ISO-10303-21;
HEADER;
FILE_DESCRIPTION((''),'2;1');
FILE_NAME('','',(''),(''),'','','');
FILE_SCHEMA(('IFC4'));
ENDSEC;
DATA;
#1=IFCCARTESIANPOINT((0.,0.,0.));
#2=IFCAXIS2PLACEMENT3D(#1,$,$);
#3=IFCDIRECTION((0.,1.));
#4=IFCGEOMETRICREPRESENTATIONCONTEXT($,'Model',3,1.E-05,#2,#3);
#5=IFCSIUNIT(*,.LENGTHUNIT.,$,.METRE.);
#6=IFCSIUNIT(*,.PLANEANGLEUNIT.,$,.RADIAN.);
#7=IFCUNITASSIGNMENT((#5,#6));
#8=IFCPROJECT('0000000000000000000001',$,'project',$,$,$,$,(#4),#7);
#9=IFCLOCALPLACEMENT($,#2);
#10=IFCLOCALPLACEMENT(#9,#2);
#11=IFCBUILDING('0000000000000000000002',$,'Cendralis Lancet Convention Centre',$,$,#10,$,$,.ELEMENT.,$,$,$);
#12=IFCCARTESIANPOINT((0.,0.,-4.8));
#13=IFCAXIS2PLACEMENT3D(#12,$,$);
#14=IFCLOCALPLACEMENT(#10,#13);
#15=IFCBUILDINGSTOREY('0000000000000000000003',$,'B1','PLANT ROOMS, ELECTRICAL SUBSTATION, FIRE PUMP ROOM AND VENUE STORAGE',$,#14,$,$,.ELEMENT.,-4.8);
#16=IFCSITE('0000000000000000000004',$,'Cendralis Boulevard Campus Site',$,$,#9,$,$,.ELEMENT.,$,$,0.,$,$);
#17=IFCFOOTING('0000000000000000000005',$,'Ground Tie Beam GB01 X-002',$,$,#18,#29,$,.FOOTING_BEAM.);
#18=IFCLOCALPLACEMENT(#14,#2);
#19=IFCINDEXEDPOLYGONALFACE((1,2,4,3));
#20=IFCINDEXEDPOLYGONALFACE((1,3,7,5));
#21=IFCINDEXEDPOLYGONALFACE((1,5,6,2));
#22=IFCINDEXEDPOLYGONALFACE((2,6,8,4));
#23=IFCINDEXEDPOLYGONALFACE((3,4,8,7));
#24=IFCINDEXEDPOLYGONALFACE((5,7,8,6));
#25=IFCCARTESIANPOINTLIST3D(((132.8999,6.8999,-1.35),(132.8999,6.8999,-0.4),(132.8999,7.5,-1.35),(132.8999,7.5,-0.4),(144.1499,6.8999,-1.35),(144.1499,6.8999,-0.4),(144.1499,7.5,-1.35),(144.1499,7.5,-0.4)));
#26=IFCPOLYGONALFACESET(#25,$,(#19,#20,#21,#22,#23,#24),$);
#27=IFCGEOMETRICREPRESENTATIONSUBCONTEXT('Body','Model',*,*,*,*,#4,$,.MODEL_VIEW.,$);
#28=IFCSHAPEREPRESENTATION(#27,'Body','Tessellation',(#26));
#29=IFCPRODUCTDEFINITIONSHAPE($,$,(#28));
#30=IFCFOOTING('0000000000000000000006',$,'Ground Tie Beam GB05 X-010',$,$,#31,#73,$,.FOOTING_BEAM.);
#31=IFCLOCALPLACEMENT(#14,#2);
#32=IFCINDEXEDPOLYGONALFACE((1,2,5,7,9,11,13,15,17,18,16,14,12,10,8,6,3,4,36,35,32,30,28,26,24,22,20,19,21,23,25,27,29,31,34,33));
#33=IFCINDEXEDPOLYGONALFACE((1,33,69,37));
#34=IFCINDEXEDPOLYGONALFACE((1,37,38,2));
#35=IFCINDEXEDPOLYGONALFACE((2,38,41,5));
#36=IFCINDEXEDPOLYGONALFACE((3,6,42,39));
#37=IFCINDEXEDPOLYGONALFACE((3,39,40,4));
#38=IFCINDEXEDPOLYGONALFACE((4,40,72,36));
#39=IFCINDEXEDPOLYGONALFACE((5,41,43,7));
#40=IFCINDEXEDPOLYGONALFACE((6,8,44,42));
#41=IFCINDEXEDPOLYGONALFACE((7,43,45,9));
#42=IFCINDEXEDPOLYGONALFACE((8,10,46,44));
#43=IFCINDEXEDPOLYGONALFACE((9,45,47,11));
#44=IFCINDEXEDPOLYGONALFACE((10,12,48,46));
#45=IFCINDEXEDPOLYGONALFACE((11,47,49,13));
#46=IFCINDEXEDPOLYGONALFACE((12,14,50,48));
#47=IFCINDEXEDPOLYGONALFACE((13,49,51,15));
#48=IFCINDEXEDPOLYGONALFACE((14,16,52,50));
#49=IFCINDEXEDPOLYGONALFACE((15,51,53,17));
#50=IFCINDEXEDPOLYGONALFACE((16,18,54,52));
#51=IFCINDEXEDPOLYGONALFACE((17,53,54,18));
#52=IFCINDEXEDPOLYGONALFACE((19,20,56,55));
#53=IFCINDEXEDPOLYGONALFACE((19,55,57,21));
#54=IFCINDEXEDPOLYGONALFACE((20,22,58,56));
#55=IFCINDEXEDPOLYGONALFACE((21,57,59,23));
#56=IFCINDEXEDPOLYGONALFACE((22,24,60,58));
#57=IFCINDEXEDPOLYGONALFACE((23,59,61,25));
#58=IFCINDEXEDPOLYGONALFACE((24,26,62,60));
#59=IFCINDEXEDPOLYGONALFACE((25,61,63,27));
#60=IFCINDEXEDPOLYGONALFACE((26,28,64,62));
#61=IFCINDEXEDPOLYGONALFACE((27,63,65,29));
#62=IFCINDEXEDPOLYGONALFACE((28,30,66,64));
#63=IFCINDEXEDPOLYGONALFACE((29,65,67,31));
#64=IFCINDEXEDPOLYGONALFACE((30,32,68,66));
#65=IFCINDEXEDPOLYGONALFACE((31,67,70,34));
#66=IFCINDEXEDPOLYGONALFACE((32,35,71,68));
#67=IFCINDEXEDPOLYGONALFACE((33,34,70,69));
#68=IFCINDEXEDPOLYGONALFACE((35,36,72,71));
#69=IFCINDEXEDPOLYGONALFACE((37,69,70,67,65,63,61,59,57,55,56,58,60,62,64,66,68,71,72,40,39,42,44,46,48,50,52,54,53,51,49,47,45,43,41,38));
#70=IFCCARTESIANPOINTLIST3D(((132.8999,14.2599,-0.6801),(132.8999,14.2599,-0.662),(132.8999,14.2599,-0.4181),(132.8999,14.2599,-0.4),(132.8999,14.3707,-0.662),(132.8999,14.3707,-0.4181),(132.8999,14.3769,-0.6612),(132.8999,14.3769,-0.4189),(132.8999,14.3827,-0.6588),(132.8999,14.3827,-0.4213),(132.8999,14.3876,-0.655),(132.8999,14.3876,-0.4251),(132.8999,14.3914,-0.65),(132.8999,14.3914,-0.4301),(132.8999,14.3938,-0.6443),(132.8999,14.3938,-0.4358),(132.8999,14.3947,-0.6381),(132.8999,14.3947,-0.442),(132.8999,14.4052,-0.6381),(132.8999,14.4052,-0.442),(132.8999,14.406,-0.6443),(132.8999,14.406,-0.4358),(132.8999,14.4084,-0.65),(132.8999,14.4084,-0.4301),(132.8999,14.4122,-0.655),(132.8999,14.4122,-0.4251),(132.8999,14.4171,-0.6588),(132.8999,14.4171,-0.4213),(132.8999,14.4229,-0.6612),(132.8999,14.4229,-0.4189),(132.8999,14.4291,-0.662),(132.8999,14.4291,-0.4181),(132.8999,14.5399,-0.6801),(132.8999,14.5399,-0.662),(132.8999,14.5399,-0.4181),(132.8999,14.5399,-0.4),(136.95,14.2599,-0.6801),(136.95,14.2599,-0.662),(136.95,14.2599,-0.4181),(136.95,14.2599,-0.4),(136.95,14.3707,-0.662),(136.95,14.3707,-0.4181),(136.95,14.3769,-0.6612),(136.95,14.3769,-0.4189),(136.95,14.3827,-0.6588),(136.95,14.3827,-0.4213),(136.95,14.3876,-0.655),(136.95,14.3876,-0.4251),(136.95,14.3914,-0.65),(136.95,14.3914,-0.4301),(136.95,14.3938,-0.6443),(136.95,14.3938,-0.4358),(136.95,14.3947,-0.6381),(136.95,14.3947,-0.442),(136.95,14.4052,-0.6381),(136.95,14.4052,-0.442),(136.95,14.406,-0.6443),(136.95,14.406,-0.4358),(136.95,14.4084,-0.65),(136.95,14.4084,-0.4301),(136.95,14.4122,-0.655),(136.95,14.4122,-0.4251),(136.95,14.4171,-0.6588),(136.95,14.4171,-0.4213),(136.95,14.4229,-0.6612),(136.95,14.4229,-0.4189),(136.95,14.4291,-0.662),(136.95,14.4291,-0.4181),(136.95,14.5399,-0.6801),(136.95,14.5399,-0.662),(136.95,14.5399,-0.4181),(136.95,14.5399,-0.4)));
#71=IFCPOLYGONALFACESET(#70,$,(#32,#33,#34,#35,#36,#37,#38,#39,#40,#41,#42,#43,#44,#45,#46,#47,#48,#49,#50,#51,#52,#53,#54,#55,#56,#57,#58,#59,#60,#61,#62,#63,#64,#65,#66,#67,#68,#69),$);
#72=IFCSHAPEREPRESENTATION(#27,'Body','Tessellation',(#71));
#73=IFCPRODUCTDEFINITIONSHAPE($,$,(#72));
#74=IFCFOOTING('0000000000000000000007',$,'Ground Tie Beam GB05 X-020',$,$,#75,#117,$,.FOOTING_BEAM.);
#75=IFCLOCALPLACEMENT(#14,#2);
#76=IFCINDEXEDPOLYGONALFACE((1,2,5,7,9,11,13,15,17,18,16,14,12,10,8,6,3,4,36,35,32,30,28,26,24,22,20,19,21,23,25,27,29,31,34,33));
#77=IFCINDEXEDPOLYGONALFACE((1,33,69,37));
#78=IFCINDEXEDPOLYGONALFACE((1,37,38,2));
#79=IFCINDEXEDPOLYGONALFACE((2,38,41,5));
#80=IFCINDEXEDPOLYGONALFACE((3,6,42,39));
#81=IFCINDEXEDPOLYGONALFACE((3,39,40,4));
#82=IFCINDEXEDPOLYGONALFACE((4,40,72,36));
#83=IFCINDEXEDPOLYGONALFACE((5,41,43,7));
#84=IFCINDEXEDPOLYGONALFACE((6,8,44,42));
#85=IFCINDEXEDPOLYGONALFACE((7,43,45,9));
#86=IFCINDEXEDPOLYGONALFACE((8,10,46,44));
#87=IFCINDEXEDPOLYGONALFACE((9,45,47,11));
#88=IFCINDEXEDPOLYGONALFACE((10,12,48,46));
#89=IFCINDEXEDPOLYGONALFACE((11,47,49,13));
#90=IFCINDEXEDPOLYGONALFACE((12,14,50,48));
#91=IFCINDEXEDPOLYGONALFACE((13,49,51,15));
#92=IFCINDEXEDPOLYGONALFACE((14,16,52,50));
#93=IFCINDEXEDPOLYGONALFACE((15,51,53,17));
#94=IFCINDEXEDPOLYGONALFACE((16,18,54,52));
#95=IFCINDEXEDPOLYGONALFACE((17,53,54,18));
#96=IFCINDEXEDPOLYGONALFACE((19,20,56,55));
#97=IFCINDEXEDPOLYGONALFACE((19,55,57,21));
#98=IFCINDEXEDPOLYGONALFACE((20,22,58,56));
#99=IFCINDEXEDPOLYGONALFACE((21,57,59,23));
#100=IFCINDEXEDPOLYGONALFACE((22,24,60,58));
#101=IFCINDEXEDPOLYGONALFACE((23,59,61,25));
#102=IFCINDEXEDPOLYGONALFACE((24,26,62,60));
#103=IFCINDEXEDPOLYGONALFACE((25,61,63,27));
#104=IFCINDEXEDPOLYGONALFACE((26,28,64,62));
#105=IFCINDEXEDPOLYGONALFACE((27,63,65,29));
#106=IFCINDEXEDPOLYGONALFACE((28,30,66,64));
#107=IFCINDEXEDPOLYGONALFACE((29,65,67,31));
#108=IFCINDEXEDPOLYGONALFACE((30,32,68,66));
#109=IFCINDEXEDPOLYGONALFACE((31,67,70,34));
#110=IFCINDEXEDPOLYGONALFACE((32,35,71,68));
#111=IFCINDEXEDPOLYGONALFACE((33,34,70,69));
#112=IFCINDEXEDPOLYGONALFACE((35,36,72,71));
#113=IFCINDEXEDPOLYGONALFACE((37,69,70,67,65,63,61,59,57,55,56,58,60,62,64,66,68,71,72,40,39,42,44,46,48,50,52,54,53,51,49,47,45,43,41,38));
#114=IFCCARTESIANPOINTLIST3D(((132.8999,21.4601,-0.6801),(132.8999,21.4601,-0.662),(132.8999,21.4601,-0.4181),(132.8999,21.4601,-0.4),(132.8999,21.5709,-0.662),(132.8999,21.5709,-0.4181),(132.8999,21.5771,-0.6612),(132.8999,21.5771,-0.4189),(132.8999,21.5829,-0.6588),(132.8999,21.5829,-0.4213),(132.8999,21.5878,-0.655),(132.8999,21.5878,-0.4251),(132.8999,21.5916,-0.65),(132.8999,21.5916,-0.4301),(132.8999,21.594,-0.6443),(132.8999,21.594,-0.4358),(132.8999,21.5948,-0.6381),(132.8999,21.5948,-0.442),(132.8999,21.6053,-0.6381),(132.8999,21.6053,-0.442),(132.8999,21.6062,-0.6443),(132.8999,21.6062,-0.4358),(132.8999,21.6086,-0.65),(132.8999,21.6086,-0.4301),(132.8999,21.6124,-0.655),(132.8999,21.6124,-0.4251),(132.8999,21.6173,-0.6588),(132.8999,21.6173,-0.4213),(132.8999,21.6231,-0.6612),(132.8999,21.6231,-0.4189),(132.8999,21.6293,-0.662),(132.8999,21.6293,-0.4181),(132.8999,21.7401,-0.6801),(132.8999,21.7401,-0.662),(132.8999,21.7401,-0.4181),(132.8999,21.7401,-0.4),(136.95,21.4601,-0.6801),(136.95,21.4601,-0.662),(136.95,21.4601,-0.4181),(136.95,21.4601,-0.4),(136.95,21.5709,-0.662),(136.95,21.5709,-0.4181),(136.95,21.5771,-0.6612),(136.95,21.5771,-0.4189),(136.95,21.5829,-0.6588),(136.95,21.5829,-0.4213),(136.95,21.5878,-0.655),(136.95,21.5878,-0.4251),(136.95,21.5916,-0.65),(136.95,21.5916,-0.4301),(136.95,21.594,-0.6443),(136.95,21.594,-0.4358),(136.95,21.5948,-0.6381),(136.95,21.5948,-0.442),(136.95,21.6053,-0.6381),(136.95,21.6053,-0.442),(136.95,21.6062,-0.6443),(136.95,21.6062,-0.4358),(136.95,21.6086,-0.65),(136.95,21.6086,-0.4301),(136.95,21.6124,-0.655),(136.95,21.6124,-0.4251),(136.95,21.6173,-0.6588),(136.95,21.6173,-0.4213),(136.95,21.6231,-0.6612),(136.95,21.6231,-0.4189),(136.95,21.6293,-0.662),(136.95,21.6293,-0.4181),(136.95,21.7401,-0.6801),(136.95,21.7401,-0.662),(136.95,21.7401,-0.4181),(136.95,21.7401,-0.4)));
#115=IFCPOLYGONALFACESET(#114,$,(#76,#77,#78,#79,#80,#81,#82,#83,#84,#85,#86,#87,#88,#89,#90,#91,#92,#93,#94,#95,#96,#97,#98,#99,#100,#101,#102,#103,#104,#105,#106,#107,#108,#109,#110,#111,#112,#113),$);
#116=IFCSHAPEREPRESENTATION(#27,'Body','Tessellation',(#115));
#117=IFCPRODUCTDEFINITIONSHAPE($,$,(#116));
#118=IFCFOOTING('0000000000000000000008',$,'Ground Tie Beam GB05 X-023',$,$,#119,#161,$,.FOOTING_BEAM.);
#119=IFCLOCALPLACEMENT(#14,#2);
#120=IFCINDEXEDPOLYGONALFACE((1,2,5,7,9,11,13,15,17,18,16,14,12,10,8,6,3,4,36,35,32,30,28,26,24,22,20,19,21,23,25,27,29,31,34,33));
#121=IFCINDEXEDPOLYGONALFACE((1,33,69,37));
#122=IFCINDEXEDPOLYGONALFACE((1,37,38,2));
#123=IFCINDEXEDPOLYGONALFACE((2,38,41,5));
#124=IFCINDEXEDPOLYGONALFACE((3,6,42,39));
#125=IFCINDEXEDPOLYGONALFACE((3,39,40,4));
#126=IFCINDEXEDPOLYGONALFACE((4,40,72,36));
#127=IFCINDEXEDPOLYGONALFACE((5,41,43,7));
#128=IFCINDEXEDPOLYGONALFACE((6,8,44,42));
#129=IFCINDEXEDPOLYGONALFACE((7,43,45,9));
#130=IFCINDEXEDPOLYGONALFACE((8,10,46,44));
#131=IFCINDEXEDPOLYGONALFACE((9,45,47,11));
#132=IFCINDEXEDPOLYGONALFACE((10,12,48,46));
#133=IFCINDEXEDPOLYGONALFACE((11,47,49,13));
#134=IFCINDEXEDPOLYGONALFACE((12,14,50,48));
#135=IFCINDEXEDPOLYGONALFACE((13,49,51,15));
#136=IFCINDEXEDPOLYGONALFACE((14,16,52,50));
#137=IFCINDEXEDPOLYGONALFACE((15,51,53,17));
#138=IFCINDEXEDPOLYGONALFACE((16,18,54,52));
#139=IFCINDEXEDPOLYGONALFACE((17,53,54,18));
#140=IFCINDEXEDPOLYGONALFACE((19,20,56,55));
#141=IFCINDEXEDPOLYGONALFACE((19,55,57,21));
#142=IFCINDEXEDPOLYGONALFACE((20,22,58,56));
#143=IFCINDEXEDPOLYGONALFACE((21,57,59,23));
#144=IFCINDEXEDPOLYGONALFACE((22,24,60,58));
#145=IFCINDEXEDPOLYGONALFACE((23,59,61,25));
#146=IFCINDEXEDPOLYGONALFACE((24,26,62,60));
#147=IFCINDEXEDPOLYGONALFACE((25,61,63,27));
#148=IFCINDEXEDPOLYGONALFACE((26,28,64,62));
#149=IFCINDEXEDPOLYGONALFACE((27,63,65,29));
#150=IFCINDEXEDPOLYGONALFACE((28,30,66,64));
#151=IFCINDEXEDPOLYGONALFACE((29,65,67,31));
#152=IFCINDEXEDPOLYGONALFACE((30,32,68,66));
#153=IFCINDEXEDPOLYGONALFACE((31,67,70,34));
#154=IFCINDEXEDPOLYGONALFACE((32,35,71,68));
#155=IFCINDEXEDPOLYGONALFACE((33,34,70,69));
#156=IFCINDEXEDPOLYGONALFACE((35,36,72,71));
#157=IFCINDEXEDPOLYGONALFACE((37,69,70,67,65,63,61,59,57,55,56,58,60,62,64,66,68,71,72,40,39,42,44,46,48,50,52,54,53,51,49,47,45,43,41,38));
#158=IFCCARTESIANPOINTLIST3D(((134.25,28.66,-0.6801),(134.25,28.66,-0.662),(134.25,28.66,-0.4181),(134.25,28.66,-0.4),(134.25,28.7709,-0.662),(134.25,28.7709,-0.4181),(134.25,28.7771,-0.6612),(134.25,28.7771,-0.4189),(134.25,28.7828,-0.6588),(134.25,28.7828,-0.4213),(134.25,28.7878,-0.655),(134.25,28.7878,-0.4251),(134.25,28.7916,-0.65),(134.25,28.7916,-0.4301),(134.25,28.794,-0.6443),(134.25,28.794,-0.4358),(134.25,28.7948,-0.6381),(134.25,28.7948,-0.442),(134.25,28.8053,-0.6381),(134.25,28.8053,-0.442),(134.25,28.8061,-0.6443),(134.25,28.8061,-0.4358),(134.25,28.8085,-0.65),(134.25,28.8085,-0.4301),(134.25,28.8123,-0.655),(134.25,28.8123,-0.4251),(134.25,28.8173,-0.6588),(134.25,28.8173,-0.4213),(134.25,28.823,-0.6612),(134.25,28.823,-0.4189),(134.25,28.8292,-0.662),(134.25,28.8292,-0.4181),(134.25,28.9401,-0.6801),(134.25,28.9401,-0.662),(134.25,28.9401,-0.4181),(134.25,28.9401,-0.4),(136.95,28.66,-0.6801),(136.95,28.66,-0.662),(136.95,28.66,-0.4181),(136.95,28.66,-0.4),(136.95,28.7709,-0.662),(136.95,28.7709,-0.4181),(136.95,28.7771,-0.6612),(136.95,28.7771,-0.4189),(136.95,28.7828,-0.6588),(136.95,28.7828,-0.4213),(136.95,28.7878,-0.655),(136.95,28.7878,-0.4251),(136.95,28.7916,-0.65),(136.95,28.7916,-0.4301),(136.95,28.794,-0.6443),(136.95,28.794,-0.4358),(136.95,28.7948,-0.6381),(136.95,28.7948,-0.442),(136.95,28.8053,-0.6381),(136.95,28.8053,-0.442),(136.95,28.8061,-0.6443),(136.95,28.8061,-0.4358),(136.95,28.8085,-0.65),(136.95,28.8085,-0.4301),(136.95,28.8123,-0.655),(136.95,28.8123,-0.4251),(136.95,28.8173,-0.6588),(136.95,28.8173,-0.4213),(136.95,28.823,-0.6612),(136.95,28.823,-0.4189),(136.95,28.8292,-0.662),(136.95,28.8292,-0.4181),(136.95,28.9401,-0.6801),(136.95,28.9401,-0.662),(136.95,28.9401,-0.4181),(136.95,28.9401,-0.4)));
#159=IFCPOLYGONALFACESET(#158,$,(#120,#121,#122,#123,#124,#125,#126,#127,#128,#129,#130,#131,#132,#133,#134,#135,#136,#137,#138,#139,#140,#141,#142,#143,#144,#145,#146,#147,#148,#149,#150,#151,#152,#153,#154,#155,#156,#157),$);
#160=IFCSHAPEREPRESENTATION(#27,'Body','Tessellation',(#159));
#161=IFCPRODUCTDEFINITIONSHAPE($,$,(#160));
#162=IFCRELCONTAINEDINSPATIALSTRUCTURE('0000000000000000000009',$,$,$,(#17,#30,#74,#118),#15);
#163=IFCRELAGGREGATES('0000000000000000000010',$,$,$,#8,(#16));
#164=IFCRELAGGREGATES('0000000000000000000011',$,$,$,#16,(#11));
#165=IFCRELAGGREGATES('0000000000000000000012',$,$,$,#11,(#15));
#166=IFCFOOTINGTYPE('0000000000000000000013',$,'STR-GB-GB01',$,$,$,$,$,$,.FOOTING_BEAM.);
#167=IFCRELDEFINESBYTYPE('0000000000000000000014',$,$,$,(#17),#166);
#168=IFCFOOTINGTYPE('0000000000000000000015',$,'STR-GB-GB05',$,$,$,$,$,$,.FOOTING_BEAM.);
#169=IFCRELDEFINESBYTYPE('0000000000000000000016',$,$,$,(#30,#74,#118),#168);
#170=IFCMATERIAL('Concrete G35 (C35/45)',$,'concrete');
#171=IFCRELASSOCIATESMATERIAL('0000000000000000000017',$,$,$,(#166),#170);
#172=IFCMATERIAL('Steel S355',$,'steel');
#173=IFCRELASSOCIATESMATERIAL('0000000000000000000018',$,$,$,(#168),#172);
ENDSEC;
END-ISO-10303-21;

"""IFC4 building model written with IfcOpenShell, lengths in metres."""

from ifc_helpers import new_model, si_unit, direction, frame, origin, origin_2d, place, context, subcontext, project, spatial, rectangle, i_section, extrude, material, material_profile, profile_set, type_object, element, save


model = new_model("IFC4")

# Units and contexts
model_context = context("Model", 3, precision=1e-05, world=origin(), true_north=direction((0.0, 1.0)))
body_context = subcontext(model_context, "Body", "Model", "MODEL_VIEW")
ifc_project = project(units=[si_unit("LENGTHUNIT", "METRE"), si_unit("PLANEANGLEUNIT", "RADIAN")], contexts=[model_context])

# Site, building, storey
site_placement = place(None, origin())
site = spatial("IfcSite", under=ifc_project, at=site_placement, Name="Cendralis Boulevard Campus Site", CompositionType="ELEMENT", RefElevation=0.0)
building_placement = place(site_placement, origin())
building = spatial("IfcBuilding", under=site, at=building_placement, Name="Cendralis Lancet Convention Centre", CompositionType="ELEMENT")
storey_placement = place(building_placement, frame((0.0, 0.0, -4.8)))
storey = spatial("IfcBuildingStorey", under=building, at=storey_placement, Name="B1", Description="PLANT ROOMS, ELECTRICAL SUBSTATION, FIRE PUMP ROOM AND VENUE STORAGE", CompositionType="ELEMENT", Elevation=-4.8)

# Footings
ifc_material_1 = material(Name="Concrete G35 (C35/45)", Category="concrete")
ifc_material_profile_1 = material_profile(ifc_material_1, rectangle(XDim=0.6001, YDim=0.95, at=origin_2d()), Name="RCB 600x950")
ifc_profile_set_1 = profile_set([ifc_material_profile_1], Name="Concrete G35 (C35/45)")
footing_type_1 = type_object("IfcFootingType", Name="STR-GB-GB01", PredefinedType="FOOTING_BEAM", material=ifc_profile_set_1)
footing_1_placement = place(storey_placement, frame((132.8999, 7.2, -0.875), z_axis=(1.0, 0.0, 0.0), x_axis=(0.0, 1.0, 0.0)))
element("IfcFooting", 1, at=footing_1_placement, inside=storey, type_object=footing_type_1, Name="Ground Tie Beam GB01 X-002", PredefinedType="FOOTING_BEAM", context=body_context, shape_type="SweptSolid", body=[
    extrude(rectangle(XDim=0.6001, YDim=0.95, at=origin_2d()), origin(), (0.0, 0.0, 1.0), 11.25),
])
ifc_material_2 = material(Name="Steel S355", Category="steel")
ifc_material_profile_2 = material_profile(ifc_material_2, i_section(OverallWidth=0.28, OverallDepth=0.28, WebThickness=0.0105, FlangeThickness=0.0181, FilletRadius=0.0239, at=origin_2d()), Name="HEB 280")
ifc_profile_set_2 = profile_set([ifc_material_profile_2], Name="Steel S355")
footing_type_2 = type_object("IfcFootingType", Name="STR-GB-GB05", PredefinedType="FOOTING_BEAM", material=ifc_profile_set_2)
for number, where, z_axis, x_axis, name in (
    (2, (132.8999, 14.3999, -0.54), (1.0, 0.0, 0.0), (0.0, 1.0, 0.0), "Ground Tie Beam GB05 X-010"),
    (3, (132.8999, 21.6001, -0.54), (1.0, 0.0, 0.0), (0.0, 1.0, 0.0), "Ground Tie Beam GB05 X-020"),
):
    element("IfcFooting", number, at=place(storey_placement, frame(where, z_axis=z_axis, x_axis=x_axis)), inside=storey, type_object=footing_type_2, Name=name, PredefinedType="FOOTING_BEAM", context=body_context, shape_type="SweptSolid", body=[
        extrude(i_section(OverallWidth=0.28, OverallDepth=0.28, WebThickness=0.0105, FlangeThickness=0.0181, FilletRadius=0.0239, at=origin_2d()), origin(), (0.0, 0.0, 1.0), 4.05),
    ])
footing_2_placement = place(storey_placement, frame((134.25, 28.8, -0.54), z_axis=(1.0, 0.0, 0.0), x_axis=(0.0, 1.0, 0.0)))
element("IfcFooting", 4, at=footing_2_placement, inside=storey, type_object=footing_type_2, Name="Ground Tie Beam GB05 X-023", PredefinedType="FOOTING_BEAM", context=body_context, shape_type="SweptSolid", body=[
    extrude(i_section(OverallWidth=0.28, OverallDepth=0.28, WebThickness=0.0105, FlangeThickness=0.0181, FilletRadius=0.0239, at=origin_2d()), origin(), (0.0, 0.0, 1.0), 2.7),
])

save(model, "model.ifc")
